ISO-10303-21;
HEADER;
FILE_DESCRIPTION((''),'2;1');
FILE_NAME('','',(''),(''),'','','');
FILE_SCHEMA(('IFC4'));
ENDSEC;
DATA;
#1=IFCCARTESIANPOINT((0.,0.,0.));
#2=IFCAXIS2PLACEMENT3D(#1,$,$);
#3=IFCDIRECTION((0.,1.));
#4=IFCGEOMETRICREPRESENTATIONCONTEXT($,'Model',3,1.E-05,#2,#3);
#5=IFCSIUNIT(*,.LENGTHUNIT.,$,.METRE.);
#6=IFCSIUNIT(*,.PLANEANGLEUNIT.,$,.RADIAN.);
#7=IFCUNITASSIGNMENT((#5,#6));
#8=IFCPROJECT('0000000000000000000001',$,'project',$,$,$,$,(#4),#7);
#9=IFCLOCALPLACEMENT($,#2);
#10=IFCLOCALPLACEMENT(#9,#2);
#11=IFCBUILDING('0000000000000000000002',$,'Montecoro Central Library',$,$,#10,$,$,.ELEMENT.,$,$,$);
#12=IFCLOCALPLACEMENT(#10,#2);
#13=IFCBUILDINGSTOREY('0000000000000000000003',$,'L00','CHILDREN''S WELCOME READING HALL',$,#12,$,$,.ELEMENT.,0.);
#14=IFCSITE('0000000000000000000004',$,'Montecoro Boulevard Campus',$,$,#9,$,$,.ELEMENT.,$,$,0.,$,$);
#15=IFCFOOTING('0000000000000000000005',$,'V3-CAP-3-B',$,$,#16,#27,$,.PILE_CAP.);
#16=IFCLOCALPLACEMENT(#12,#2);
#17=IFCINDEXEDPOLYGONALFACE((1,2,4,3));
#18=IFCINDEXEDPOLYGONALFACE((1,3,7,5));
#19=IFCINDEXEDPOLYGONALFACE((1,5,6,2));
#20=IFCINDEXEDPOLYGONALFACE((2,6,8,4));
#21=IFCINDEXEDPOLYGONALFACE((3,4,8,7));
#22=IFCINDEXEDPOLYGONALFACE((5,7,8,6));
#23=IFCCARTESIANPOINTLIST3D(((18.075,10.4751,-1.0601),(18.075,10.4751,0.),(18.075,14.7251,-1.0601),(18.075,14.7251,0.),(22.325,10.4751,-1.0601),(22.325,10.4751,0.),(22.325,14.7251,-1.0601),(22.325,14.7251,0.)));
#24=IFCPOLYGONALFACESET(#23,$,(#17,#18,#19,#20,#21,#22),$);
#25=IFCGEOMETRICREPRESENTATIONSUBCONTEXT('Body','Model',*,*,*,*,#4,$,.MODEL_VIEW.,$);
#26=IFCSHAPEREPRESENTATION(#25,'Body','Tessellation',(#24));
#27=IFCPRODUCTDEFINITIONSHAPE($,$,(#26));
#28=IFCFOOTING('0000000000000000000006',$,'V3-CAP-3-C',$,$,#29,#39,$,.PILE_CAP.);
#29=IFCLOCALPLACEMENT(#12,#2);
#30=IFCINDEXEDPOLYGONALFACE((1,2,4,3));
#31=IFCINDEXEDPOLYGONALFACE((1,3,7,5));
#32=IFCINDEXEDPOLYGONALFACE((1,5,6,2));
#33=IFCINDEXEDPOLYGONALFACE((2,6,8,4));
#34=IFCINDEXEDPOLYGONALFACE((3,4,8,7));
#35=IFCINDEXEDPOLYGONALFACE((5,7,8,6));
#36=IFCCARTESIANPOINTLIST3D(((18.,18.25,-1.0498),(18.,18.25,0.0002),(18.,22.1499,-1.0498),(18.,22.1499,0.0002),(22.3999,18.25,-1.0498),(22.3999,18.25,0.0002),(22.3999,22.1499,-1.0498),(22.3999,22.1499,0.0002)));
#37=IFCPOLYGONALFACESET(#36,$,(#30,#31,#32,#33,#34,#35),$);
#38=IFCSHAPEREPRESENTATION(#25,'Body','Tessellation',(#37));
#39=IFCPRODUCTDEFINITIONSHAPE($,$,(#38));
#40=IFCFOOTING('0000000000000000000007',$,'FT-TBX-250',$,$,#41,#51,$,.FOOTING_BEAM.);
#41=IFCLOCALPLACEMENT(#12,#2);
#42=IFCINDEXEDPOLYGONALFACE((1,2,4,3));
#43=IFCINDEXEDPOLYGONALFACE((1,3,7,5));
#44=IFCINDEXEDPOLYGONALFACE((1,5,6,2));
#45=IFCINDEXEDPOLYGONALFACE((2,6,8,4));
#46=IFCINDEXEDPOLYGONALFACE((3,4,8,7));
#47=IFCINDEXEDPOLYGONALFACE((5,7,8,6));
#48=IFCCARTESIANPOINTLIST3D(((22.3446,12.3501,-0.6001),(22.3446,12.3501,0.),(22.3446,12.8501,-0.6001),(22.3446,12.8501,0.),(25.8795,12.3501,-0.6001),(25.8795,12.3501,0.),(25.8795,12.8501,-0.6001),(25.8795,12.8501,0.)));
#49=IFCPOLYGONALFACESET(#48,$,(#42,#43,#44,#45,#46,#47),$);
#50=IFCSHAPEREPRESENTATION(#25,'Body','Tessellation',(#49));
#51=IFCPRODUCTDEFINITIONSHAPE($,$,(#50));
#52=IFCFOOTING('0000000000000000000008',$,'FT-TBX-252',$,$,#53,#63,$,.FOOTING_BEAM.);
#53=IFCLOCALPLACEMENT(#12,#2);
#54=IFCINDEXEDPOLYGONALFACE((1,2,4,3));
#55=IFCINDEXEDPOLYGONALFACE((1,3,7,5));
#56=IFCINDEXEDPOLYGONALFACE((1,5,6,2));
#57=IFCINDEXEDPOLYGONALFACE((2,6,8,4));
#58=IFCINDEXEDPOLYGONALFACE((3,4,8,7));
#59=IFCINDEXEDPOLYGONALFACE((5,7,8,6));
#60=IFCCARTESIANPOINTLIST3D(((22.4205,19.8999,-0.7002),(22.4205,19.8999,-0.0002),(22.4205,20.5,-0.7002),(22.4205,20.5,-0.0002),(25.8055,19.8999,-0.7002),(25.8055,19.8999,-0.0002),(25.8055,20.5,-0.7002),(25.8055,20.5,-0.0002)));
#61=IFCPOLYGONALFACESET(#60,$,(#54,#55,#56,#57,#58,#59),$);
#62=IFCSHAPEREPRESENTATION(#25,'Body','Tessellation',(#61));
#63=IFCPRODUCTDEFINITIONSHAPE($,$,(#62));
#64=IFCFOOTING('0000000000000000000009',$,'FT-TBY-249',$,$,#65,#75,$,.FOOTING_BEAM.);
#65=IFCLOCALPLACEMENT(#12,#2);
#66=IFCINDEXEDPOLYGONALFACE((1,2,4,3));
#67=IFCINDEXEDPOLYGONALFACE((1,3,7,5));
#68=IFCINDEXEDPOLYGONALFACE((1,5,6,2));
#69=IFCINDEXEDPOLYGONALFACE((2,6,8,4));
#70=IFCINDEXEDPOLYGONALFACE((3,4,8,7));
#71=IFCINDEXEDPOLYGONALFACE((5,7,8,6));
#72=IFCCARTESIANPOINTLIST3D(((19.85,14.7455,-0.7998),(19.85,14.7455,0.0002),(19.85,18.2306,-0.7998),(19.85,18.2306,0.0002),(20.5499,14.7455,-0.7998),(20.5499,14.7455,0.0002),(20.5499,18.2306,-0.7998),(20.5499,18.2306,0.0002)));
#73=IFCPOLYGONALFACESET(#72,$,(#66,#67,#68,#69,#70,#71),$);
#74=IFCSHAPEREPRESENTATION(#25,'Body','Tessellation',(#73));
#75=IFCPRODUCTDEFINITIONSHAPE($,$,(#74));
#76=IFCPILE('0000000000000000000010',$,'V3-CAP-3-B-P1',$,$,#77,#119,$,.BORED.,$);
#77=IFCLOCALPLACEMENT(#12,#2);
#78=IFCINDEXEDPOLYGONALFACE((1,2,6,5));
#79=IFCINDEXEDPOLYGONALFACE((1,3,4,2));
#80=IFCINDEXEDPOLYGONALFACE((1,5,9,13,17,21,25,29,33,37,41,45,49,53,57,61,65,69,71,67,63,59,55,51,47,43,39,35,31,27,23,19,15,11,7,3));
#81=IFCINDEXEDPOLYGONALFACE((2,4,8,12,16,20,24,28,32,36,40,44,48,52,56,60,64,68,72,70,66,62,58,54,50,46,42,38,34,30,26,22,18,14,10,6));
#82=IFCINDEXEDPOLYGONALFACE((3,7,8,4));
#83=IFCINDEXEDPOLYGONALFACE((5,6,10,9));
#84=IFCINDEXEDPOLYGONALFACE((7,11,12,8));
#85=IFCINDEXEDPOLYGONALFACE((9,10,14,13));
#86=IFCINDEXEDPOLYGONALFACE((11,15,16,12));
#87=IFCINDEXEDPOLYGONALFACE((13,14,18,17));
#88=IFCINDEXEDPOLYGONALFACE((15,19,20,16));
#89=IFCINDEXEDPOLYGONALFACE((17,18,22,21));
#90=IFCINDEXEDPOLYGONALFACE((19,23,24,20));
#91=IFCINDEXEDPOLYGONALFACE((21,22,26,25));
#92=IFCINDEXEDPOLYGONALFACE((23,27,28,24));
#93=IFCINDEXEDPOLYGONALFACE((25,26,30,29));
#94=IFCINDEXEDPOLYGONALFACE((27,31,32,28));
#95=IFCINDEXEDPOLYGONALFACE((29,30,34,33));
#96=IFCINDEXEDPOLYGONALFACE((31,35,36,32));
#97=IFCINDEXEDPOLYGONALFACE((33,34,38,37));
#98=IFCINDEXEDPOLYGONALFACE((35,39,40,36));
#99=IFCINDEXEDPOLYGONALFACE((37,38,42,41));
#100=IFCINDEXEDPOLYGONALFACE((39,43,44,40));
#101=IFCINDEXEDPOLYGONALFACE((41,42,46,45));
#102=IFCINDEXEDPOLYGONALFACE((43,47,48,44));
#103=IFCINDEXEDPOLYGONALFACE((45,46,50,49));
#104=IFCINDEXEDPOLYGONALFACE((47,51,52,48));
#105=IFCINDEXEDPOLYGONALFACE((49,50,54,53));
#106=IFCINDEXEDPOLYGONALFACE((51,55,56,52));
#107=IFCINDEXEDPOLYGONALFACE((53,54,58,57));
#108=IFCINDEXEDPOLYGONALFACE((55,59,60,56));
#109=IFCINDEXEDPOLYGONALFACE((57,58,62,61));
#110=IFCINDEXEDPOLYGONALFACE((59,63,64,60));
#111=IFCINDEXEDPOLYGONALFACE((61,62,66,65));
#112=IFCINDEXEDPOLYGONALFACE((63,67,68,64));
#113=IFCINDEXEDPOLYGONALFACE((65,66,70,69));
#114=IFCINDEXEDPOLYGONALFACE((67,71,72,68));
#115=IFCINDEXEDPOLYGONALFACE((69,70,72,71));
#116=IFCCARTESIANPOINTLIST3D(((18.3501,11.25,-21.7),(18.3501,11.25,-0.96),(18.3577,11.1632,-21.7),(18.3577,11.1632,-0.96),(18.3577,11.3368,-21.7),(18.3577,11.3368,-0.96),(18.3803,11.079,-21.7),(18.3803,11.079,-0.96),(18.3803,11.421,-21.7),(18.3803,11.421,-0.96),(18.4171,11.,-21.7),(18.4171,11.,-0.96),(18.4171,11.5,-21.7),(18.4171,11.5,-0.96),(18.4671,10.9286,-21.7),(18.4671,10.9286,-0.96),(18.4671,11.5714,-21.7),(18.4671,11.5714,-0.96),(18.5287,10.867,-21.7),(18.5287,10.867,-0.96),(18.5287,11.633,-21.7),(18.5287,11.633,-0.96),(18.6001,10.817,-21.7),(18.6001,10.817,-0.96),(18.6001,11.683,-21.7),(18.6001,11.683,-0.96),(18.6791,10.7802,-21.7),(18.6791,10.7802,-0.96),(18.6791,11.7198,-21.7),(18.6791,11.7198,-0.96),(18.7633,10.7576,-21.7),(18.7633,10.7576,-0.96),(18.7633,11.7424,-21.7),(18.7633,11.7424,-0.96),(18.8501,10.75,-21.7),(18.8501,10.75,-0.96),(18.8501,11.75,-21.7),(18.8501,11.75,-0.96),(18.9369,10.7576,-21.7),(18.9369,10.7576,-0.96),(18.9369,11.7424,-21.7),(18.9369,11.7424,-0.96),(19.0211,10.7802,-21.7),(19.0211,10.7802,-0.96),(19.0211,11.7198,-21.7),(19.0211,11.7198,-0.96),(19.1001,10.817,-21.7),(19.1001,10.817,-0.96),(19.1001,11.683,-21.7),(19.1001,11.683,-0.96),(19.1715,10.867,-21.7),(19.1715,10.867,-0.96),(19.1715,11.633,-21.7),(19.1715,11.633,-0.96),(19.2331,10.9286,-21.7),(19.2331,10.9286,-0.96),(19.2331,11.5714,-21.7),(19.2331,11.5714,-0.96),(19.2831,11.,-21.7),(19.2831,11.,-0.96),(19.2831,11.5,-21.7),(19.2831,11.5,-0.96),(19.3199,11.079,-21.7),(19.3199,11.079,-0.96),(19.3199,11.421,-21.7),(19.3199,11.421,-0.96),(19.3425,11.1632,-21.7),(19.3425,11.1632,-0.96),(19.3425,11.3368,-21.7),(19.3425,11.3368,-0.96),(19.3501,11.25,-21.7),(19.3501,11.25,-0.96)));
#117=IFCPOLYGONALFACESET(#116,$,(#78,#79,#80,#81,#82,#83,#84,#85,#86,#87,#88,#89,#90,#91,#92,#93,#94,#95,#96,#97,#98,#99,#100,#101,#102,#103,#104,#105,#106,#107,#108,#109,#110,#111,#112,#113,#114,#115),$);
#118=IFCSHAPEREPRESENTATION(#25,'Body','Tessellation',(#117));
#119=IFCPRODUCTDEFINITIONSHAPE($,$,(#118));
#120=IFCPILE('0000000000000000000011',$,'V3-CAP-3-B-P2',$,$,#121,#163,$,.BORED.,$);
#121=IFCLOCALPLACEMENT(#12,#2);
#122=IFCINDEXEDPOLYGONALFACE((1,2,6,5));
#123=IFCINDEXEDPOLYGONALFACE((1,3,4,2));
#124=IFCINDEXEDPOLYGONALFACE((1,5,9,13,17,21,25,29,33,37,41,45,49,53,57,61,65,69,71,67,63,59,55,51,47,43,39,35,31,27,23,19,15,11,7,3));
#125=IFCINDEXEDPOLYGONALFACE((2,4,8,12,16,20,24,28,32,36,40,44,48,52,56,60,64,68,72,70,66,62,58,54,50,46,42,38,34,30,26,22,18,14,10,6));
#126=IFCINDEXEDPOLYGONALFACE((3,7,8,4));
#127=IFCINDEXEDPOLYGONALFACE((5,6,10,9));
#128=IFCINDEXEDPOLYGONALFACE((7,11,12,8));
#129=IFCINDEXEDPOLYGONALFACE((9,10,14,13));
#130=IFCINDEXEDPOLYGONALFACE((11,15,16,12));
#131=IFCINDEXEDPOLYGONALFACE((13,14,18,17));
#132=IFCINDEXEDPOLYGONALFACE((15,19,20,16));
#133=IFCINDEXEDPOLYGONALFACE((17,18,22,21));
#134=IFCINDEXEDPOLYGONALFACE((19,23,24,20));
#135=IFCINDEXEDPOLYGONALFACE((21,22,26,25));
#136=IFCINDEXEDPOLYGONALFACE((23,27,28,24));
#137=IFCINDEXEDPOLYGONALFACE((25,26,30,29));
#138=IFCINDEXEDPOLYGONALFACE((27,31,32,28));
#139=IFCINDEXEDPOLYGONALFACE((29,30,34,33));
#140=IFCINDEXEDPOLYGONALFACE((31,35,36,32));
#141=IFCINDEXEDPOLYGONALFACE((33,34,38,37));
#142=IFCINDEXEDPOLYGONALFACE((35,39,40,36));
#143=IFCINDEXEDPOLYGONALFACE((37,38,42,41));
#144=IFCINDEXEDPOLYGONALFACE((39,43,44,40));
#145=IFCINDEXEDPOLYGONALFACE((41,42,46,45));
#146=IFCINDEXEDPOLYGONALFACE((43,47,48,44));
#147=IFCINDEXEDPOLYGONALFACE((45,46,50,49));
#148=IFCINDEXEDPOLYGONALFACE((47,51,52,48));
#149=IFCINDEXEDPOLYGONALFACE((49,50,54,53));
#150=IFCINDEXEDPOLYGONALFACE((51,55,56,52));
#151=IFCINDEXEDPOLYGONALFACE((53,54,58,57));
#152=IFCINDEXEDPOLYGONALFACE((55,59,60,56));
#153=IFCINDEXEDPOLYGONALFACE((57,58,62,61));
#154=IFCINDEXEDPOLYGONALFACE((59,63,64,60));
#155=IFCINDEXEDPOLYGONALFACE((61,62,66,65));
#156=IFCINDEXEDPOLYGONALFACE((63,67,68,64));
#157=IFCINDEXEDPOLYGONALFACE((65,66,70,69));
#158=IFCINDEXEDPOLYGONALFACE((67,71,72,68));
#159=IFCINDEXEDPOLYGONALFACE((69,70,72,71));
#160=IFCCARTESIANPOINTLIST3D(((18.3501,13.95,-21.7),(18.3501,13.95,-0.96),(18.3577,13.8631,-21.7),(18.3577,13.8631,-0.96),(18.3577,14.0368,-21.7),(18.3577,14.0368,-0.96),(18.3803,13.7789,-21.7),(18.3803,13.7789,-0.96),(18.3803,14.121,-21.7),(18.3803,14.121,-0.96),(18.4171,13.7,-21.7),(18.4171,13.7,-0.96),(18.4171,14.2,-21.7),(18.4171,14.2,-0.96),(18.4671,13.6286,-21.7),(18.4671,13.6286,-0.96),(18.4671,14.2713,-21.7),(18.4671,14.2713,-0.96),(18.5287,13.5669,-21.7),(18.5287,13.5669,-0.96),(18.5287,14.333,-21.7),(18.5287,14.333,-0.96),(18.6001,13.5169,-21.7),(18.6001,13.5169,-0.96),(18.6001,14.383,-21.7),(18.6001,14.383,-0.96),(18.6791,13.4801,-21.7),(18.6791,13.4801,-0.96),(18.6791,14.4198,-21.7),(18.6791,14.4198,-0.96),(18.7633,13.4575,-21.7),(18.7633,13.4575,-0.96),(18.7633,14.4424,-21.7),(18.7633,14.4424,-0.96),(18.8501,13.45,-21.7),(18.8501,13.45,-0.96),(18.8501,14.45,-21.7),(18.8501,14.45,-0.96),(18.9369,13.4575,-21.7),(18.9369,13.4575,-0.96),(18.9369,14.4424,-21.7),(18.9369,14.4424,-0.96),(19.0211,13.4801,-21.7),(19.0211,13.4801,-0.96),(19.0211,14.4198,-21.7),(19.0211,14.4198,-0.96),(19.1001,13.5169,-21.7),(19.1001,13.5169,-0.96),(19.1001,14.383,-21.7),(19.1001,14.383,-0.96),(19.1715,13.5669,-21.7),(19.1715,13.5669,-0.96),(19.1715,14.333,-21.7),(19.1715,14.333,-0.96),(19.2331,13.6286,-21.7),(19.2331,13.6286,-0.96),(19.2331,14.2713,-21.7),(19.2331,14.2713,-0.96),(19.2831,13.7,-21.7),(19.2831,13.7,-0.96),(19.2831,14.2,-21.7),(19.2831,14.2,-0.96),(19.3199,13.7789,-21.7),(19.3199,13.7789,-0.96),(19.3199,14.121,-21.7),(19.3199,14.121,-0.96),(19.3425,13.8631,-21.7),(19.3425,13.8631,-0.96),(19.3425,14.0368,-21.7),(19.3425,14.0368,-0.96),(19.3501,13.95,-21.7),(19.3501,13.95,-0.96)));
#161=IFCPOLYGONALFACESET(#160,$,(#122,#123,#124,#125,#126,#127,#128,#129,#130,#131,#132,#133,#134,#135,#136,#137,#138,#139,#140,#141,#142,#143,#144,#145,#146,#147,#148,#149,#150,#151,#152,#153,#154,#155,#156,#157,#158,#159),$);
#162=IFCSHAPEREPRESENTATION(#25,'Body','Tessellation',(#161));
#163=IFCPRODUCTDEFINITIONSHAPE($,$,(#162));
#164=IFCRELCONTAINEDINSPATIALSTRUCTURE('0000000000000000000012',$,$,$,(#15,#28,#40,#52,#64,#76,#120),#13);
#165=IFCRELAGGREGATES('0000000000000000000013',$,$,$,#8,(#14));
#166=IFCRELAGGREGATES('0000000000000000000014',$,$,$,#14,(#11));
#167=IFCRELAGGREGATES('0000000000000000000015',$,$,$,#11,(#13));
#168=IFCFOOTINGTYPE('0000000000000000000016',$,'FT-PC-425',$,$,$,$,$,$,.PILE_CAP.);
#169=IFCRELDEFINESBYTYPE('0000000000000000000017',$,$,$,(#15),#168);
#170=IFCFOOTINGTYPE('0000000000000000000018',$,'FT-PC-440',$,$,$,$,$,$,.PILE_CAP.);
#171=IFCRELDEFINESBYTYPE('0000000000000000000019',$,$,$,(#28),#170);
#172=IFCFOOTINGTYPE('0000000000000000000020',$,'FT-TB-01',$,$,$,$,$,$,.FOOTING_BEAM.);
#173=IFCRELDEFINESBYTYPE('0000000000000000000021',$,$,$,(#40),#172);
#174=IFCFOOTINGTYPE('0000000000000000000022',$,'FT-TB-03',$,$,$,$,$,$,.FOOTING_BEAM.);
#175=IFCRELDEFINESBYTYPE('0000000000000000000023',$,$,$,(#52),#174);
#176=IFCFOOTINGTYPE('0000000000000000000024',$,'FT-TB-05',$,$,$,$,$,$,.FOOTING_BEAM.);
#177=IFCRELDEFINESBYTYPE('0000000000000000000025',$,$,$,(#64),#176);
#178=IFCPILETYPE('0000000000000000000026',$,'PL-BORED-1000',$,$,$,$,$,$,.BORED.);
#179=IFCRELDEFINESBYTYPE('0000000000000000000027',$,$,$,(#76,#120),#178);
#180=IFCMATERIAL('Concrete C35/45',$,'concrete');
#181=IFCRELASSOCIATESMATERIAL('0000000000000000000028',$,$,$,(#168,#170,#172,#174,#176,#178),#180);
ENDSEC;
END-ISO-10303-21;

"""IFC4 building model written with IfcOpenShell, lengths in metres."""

from ifc_helpers import new_model, si_unit, direction, frame, origin, origin_2d, place, context, subcontext, project, spatial, rectangle, circle, extrude, material, material_profile, profile_set, type_object, element, save


model = new_model("IFC4")

# Units and contexts
model_context = context("Model", 3, precision=1e-05, world=origin(), true_north=direction((0.0, 1.0)))
body_context = subcontext(model_context, "Body", "Model", "MODEL_VIEW")
ifc_project = project(units=[si_unit("LENGTHUNIT", "METRE"), si_unit("PLANEANGLEUNIT", "RADIAN")], contexts=[model_context])

# Site, building, storey
site_placement = place(None, origin())
site = spatial("IfcSite", under=ifc_project, at=site_placement, Name="Montecoro Boulevard Campus", CompositionType="ELEMENT", RefElevation=0.0)
building_placement = place(site_placement, origin())
building = spatial("IfcBuilding", under=site, at=building_placement, Name="Montecoro Central Library", CompositionType="ELEMENT")
storey_placement = place(building_placement, origin())
storey = spatial("IfcBuildingStorey", under=building, at=storey_placement, Name="L00", Description="CHILDREN'S WELCOME READING HALL", CompositionType="ELEMENT", Elevation=0.0)

# Footings
ifc_material_1 = material(Name="Concrete C35/45", Category="concrete")
footing_type_1 = type_object("IfcFootingType", Name="FT-PC-425", PredefinedType="PILE_CAP", material=ifc_material_1)
footing_1_placement = place(storey_placement, frame((20.2, 12.6001, -1.0601), z_axis=(0.0, 0.0, 1.0), x_axis=(1.0, 0.0, 0.0)))
element("IfcFooting", 1, at=footing_1_placement, inside=storey, type_object=footing_type_1, Name="V3-CAP-3-B", PredefinedType="PILE_CAP", context=body_context, shape_type="SweptSolid", body=[
    extrude(rectangle(XDim=4.25, YDim=4.25, at=origin_2d()), origin(), (0.0, 0.0, 1.0), 1.0601),
])
footing_type_2 = type_object("IfcFootingType", Name="FT-PC-440", PredefinedType="PILE_CAP", material=ifc_material_1)
footing_2_placement = place(storey_placement, frame((20.2, 20.2, -1.0498), z_axis=(0.0, 0.0, 1.0), x_axis=(1.0, 0.0, 0.0)))
element("IfcFooting", 2, at=footing_2_placement, inside=storey, type_object=footing_type_2, Name="V3-CAP-3-C", PredefinedType="PILE_CAP", context=body_context, shape_type="SweptSolid", body=[
    extrude(rectangle(XDim=4.3999, YDim=3.8999, at=origin_2d()), origin(), (0.0, 0.0, 1.0), 1.05),
])
footing_type_3 = type_object("IfcFootingType", Name="FT-TB-01", PredefinedType="FOOTING_BEAM", material=ifc_material_1)
footing_3_placement = place(storey_placement, frame((24.1121, 12.6001, -0.6001), z_axis=(0.0, 0.0, 1.0), x_axis=(1.0, 0.0, 0.0)))
element("IfcFooting", 3, at=footing_3_placement, inside=storey, type_object=footing_type_3, Name="FT-TBX-250", PredefinedType="FOOTING_BEAM", context=body_context, shape_type="SweptSolid", body=[
    extrude(rectangle(XDim=3.5349, YDim=0.5, at=origin_2d()), origin(), (0.0, 0.0, 1.0), 0.6001),
])
footing_type_4 = type_object("IfcFootingType", Name="FT-TB-03", PredefinedType="FOOTING_BEAM", material=ifc_material_1)
footing_4_placement = place(storey_placement, frame((24.113, 20.2, -0.7002), z_axis=(0.0, 0.0, 1.0), x_axis=(1.0, 0.0, 0.0)))
element("IfcFooting", 4, at=footing_4_placement, inside=storey, type_object=footing_type_4, Name="FT-TBX-252", PredefinedType="FOOTING_BEAM", context=body_context, shape_type="SweptSolid", body=[
    extrude(rectangle(XDim=3.385, YDim=0.6001, at=origin_2d()), origin(), (0.0, 0.0, 1.0), 0.7),
])
footing_type_5 = type_object("IfcFootingType", Name="FT-TB-05", PredefinedType="FOOTING_BEAM", material=ifc_material_1)
footing_5_placement = place(storey_placement, frame((20.2, 16.488, -0.7998), z_axis=(0.0, 0.0, 1.0), x_axis=(1.0, 0.0, 0.0)))
element("IfcFooting", 5, at=footing_5_placement, inside=storey, type_object=footing_type_5, Name="FT-TBY-249", PredefinedType="FOOTING_BEAM", context=body_context, shape_type="SweptSolid", body=[
    extrude(rectangle(XDim=0.7, YDim=3.4851, at=origin_2d()), origin(), (0.0, 0.0, 1.0), 0.8),
])

# Piles
ifc_material_profile_1 = material_profile(ifc_material_1, circle(Radius=0.5, at=origin_2d()), Name="PILE D1000")
ifc_profile_set_1 = profile_set([ifc_material_profile_1], Name="Concrete C35/45")
pile_type_1 = type_object("IfcPileType", Name="PL-BORED-1000", PredefinedType="BORED", material=ifc_profile_set_1)
for number, where, z_axis, x_axis, name in (
    (6, (18.8501, 11.25, -0.96), (0.0, 0.0, -1.0), (1.0, 0.0, 0.0), "V3-CAP-3-B-P1"),
    (7, (18.8501, 13.95, -0.96), (0.0, 0.0, -1.0), (1.0, 0.0, 0.0), "V3-CAP-3-B-P2"),
):
    element("IfcPile", number, at=place(storey_placement, frame(where, z_axis=z_axis, x_axis=x_axis)), inside=storey, type_object=pile_type_1, Name=name, PredefinedType="BORED", context=body_context, shape_type="SweptSolid", body=[
        extrude(circle(Radius=0.5, at=origin_2d()), origin(), (0.0, 0.0, 1.0), 20.74),
    ])

save(model, "model.ifc")
